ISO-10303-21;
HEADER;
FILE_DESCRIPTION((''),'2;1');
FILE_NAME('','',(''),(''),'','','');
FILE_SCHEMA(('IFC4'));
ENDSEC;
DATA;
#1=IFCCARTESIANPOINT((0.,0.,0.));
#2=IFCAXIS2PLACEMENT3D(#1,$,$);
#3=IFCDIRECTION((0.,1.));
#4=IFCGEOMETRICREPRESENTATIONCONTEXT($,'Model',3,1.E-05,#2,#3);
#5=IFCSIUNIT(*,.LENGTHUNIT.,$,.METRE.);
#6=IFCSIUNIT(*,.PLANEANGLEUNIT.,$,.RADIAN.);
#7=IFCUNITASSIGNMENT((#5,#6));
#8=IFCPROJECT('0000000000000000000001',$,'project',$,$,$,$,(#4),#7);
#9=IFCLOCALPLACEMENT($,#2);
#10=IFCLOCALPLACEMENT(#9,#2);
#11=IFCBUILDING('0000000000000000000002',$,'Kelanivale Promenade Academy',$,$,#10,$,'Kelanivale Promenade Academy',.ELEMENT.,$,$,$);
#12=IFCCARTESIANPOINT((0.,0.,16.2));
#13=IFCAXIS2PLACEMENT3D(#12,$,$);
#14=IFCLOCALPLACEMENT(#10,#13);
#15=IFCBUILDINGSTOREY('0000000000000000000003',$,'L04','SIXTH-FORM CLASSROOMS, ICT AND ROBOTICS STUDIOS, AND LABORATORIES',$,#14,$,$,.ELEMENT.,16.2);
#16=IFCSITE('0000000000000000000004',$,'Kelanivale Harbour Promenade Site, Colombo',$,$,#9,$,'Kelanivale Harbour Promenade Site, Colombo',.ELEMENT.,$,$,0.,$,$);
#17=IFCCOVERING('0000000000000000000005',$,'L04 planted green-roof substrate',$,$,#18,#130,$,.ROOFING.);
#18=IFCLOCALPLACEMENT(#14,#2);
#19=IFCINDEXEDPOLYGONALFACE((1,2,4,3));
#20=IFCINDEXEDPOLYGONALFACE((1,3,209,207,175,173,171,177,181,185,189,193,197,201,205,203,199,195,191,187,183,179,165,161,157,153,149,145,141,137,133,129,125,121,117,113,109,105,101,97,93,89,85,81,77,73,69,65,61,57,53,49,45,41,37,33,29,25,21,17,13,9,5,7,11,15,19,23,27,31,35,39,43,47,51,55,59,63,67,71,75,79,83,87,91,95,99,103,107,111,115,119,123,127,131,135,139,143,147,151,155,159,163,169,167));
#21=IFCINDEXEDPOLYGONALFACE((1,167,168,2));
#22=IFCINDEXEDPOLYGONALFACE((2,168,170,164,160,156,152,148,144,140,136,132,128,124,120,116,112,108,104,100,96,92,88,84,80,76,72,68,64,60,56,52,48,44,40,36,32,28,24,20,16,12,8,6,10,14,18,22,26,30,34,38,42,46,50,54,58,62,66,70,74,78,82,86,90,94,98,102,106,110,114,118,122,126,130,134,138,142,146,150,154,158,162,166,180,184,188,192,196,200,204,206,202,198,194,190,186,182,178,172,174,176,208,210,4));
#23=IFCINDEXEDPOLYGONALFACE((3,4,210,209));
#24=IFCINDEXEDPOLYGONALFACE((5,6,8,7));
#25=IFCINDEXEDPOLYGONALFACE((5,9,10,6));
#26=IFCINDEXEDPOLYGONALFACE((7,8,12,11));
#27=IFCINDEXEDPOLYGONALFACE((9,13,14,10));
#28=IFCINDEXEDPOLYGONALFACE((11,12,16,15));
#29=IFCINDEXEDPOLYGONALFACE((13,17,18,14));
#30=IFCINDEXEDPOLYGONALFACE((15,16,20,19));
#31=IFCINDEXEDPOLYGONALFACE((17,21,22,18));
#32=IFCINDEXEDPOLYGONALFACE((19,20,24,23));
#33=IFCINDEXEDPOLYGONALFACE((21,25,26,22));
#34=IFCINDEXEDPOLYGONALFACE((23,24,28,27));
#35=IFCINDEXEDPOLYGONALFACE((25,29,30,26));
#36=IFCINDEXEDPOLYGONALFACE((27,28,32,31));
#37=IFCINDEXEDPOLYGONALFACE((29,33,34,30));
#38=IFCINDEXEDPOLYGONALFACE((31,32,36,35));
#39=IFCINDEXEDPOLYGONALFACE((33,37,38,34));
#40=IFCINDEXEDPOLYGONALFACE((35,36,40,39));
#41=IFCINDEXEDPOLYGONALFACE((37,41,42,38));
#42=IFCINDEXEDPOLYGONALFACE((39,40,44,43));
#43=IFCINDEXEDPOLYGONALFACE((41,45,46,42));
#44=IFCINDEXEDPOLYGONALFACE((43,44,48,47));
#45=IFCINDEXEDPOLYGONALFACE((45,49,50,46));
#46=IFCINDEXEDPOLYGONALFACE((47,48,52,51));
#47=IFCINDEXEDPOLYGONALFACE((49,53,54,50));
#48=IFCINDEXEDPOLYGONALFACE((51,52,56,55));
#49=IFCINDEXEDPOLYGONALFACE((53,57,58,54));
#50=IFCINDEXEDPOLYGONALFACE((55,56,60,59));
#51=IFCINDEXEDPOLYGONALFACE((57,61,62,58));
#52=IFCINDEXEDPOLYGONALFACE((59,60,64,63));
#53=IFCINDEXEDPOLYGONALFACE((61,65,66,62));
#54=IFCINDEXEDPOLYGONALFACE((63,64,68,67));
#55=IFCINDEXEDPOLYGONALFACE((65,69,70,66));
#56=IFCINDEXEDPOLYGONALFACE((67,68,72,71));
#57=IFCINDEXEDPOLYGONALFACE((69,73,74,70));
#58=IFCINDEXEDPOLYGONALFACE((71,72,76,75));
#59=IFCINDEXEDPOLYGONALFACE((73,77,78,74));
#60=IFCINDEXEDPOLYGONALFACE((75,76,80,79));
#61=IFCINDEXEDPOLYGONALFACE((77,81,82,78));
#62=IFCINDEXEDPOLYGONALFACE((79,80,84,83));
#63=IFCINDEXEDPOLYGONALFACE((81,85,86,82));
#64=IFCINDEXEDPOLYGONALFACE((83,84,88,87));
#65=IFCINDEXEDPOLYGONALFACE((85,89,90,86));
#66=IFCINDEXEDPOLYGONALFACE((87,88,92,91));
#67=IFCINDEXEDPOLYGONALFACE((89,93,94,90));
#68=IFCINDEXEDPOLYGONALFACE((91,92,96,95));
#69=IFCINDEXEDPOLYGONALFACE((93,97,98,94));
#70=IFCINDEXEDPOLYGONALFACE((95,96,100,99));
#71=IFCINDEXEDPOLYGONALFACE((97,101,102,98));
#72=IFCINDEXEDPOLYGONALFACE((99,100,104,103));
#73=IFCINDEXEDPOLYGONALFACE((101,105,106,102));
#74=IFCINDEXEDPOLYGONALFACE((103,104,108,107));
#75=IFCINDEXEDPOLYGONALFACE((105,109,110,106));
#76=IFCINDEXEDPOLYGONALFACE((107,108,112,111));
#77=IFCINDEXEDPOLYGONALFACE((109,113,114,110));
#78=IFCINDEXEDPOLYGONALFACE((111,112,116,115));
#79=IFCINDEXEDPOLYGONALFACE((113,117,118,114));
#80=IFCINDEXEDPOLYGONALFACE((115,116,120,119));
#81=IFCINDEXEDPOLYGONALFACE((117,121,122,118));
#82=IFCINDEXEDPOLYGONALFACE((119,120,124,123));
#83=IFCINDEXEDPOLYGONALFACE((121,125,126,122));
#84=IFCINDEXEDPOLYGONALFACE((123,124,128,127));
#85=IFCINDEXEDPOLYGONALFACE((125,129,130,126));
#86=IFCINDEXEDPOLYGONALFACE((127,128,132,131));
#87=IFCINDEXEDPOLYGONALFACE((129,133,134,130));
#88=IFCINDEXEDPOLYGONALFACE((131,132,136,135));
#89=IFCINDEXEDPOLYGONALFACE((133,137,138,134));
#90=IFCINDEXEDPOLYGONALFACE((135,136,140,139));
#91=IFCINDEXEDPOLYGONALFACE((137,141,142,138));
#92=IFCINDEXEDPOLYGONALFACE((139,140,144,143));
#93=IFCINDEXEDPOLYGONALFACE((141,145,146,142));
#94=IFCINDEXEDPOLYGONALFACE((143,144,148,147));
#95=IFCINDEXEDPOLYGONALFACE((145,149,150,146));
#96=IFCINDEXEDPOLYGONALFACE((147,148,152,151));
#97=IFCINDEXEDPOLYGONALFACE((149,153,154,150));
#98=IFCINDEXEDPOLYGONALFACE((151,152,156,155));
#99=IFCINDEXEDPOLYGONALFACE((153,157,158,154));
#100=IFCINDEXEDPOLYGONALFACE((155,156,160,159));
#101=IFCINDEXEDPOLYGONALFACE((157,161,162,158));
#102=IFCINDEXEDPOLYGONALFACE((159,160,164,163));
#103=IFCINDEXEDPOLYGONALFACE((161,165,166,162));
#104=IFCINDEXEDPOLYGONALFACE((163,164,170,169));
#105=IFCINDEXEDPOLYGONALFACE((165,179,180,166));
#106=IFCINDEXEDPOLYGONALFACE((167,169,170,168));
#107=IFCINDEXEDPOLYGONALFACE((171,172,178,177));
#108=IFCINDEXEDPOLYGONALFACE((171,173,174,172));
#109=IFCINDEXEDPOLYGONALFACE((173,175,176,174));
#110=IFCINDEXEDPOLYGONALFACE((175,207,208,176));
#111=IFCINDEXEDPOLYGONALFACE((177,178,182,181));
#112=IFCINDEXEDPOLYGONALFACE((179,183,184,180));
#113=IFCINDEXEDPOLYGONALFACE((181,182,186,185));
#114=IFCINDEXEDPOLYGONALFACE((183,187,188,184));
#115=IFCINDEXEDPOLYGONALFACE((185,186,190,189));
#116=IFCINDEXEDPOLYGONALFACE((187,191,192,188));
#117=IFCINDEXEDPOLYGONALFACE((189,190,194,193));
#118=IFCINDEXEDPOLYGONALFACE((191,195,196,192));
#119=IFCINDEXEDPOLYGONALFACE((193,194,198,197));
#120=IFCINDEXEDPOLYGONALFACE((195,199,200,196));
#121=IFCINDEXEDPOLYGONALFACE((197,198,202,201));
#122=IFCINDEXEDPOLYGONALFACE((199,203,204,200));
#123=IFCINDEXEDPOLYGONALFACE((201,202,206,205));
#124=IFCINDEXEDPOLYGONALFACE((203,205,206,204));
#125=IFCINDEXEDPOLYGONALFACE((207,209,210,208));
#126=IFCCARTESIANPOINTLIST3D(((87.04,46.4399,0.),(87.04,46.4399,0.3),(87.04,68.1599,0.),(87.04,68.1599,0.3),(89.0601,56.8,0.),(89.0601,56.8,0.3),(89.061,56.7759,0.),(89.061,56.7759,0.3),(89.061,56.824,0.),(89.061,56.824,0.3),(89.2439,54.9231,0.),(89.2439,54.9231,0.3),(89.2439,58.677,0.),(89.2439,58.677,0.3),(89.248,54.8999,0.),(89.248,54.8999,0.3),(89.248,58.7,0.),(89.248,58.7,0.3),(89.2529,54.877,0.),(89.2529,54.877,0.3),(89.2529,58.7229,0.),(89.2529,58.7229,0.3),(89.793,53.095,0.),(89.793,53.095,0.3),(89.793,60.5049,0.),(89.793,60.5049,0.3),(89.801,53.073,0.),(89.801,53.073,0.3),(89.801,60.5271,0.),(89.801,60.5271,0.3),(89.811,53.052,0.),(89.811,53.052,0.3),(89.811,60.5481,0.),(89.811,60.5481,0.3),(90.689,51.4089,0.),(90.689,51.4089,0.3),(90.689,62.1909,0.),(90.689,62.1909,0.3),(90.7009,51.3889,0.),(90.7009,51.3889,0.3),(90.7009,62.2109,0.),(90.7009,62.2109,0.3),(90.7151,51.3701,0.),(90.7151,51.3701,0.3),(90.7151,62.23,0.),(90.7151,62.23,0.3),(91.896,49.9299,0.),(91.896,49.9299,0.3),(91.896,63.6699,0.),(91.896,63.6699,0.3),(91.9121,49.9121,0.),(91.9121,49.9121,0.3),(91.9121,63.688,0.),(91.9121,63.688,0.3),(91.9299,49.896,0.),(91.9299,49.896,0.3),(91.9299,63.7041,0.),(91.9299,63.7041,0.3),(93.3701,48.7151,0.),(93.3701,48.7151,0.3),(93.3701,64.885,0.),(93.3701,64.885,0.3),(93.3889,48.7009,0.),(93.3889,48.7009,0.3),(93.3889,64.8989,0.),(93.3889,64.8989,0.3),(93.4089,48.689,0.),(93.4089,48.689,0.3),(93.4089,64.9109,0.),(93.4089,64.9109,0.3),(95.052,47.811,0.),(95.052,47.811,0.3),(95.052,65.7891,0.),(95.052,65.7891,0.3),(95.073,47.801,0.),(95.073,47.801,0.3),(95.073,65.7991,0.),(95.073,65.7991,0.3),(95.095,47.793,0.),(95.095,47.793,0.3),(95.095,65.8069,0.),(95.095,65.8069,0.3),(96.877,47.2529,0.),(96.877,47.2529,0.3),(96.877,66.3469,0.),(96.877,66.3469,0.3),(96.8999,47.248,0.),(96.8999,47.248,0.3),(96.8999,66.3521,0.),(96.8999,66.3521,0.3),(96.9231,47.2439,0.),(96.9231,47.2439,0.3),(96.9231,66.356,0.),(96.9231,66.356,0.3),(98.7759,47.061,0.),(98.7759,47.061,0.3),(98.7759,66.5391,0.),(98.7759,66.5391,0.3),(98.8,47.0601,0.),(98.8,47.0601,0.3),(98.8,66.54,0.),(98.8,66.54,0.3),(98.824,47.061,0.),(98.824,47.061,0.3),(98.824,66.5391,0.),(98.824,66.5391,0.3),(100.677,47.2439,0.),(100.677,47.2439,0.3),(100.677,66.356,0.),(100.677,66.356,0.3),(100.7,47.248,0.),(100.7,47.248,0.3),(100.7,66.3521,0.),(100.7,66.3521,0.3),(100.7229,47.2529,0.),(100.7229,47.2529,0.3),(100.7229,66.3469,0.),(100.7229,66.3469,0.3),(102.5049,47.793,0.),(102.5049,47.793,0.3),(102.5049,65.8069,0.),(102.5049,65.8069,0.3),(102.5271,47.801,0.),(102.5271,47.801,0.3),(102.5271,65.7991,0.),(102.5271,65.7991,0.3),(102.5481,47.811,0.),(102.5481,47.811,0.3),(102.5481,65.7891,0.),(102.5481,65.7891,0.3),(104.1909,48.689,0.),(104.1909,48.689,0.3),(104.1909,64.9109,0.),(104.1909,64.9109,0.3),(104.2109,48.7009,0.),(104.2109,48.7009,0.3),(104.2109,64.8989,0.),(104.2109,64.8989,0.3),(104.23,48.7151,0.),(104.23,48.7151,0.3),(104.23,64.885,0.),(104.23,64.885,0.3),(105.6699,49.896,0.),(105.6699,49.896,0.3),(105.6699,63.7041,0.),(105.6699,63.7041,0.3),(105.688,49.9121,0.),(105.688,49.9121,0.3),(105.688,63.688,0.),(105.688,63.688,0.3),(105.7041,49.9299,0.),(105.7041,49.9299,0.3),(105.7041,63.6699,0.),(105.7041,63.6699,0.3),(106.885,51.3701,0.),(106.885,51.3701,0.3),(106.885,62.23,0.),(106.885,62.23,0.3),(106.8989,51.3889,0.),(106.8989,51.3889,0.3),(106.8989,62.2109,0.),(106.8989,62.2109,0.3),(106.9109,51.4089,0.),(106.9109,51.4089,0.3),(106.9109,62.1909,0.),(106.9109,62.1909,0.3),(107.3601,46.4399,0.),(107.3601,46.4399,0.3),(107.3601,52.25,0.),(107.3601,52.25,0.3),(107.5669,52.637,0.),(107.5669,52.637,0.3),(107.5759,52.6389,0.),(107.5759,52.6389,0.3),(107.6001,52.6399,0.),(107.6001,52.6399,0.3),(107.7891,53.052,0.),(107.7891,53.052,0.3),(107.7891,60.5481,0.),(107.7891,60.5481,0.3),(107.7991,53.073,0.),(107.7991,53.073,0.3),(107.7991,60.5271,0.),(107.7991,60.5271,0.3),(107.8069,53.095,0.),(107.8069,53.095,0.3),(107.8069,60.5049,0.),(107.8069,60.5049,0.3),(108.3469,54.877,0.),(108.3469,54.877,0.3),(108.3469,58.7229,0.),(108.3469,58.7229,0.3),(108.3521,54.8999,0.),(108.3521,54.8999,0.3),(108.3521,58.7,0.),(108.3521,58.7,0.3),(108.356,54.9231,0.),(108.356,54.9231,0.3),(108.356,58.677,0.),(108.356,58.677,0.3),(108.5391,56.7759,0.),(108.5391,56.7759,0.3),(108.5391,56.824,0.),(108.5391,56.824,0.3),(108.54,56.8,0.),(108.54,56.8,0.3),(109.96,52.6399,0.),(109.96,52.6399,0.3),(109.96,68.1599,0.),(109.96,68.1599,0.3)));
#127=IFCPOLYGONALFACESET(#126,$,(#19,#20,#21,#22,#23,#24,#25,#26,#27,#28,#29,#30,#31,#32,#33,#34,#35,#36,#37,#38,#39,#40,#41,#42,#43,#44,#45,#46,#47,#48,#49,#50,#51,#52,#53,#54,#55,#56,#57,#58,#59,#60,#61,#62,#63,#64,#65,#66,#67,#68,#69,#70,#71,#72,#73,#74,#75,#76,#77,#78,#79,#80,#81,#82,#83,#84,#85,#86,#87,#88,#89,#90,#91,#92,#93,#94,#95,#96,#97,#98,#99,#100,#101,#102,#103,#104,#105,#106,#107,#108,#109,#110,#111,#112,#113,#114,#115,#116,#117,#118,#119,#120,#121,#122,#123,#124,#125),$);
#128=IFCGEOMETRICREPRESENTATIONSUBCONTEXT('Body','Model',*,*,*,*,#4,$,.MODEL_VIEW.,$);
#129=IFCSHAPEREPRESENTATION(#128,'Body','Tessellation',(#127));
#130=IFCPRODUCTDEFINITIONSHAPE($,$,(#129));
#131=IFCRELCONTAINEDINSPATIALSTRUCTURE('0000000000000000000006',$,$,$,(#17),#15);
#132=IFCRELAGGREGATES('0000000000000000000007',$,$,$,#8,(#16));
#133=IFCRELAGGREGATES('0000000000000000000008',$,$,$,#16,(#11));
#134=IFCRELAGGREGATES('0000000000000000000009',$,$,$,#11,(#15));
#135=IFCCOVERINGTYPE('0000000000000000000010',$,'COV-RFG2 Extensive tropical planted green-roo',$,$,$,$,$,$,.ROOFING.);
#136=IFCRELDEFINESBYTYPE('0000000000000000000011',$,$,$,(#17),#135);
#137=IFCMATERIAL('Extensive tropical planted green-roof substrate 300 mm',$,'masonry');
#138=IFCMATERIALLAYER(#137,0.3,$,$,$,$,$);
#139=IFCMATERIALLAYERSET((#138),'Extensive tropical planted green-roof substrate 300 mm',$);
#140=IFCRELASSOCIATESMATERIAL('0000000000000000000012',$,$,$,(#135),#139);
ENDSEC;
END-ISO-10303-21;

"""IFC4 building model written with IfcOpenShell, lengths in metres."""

from ifc_helpers import new_model, si_unit, direction, frame, origin, place, context, subcontext, project, spatial, polyline, outline, extrude, material, layer, layer_set, type_object, element, save


model = new_model("IFC4")

# Units and contexts
model_context = context("Model", 3, precision=1e-05, world=origin(), true_north=direction((0.0, 1.0)))
body_context = subcontext(model_context, "Body", "Model", "MODEL_VIEW")
ifc_project = project(units=[si_unit("LENGTHUNIT", "METRE"), si_unit("PLANEANGLEUNIT", "RADIAN")], contexts=[model_context])

# Site, building, storey
site_placement = place(None, origin())
site = spatial("IfcSite", under=ifc_project, at=site_placement, Name="Kelanivale Harbour Promenade Site, Colombo", LongName="Kelanivale Harbour Promenade Site, Colombo", CompositionType="ELEMENT", RefElevation=0.0)
building_placement = place(site_placement, origin())
building = spatial("IfcBuilding", under=site, at=building_placement, Name="Kelanivale Promenade Academy", LongName="Kelanivale Promenade Academy", CompositionType="ELEMENT")
storey_placement = place(building_placement, frame((0.0, 0.0, 16.2)))
storey = spatial("IfcBuildingStorey", under=building, at=storey_placement, Name="L04", Description="SIXTH-FORM CLASSROOMS, ICT AND ROBOTICS STUDIOS, AND LABORATORIES", CompositionType="ELEMENT", Elevation=16.2)

# Covering
ifc_material_1 = material(Name="Extensive tropical planted green-roof substrate 300 mm", Category="masonry")
ifc_layer_1 = layer(ifc_material_1, 0.3)
ifc_layer_set_1 = layer_set([ifc_layer_1], Name="Extensive tropical planted green-roof substrate 300 mm")
covering_type_1 = type_object("IfcCoveringType", Name="COV-RFG2 Extensive tropical planted green-roo", PredefinedType="ROOFING", material=ifc_layer_set_1)
covering_1_placement = place(storey_placement, origin())
element("IfcCovering", 1, at=covering_1_placement, inside=storey, type_object=covering_type_1, Name="L04 planted green-roof substrate", PredefinedType="ROOFING", context=body_context, shape_type="SweptSolid", body=[
    extrude(outline(polyline([(107.5759, 52.6389), (107.6001, 52.6399), (109.96, 52.6399), (109.96, 68.1599), (87.04, 68.1599), (87.04, 46.4399), (107.3601, 46.4399), (107.3601, 52.25), (106.9109, 51.4089), (106.8989, 51.3889), (106.885, 51.3701), (105.7041, 49.9299), (105.688, 49.9121), (105.6699, 49.896), (104.23, 48.7151), (104.2109, 48.7009), (104.1909, 48.689), (102.5481, 47.811), (102.5271, 47.801), (102.5049, 47.793), (100.7229, 47.2529), (100.7, 47.248), (100.677, 47.2439), (98.824, 47.061), (98.8, 47.0601), (98.7759, 47.061), (96.9231, 47.2439), (96.8999, 47.248), (96.877, 47.2529), (95.095, 47.793), (95.073, 47.801), (95.052, 47.811), (93.4089, 48.689), (93.3889, 48.7009), (93.3701, 48.7151), (91.9299, 49.896), (91.9121, 49.9121), (91.896, 49.9299), (90.7151, 51.3701), (90.7009, 51.3889), (90.689, 51.4089), (89.811, 53.052), (89.801, 53.073), (89.793, 53.095), (89.2529, 54.877), (89.248, 54.8999), (89.2439, 54.9231), (89.061, 56.7759), (89.0601, 56.8), (89.061, 56.824), (89.2439, 58.677), (89.248, 58.7), (89.2529, 58.7229), (89.793, 60.5049), (89.801, 60.5271), (89.811, 60.5481), (90.689, 62.1909), (90.7009, 62.2109), (90.7151, 62.23), (91.896, 63.6699), (91.9121, 63.688), (91.9299, 63.7041), (93.3701, 64.885), (93.3889, 64.8989), (93.4089, 64.9109), (95.052, 65.7891), (95.073, 65.7991), (95.095, 65.8069), (96.877, 66.3469), (96.8999, 66.3521), (96.9231, 66.356), (98.7759, 66.5391), (98.8, 66.54), (98.824, 66.5391), (100.677, 66.356), (100.7, 66.3521), (100.7229, 66.3469), (102.5049, 65.8069), (102.5271, 65.7991), (102.5481, 65.7891), (104.1909, 64.9109), (104.2109, 64.8989), (104.23, 64.885), (105.6699, 63.7041), (105.688, 63.688), (105.7041, 63.6699), (106.885, 62.23), (106.8989, 62.2109), (106.9109, 62.1909), (107.7891, 60.5481), (107.7991, 60.5271), (107.8069, 60.5049), (108.3469, 58.7229), (108.3521, 58.7), (108.356, 58.677), (108.5391, 56.824), (108.54, 56.8), (108.5391, 56.7759), (108.356, 54.9231), (108.3521, 54.8999), (108.3469, 54.877), (107.8069, 53.095), (107.7991, 53.073), (107.7891, 53.052), (107.5669, 52.637), (107.5759, 52.6389)])), origin(), (0.0, 0.0, 1.0), 0.3),
])

save(model, "model.ifc")
